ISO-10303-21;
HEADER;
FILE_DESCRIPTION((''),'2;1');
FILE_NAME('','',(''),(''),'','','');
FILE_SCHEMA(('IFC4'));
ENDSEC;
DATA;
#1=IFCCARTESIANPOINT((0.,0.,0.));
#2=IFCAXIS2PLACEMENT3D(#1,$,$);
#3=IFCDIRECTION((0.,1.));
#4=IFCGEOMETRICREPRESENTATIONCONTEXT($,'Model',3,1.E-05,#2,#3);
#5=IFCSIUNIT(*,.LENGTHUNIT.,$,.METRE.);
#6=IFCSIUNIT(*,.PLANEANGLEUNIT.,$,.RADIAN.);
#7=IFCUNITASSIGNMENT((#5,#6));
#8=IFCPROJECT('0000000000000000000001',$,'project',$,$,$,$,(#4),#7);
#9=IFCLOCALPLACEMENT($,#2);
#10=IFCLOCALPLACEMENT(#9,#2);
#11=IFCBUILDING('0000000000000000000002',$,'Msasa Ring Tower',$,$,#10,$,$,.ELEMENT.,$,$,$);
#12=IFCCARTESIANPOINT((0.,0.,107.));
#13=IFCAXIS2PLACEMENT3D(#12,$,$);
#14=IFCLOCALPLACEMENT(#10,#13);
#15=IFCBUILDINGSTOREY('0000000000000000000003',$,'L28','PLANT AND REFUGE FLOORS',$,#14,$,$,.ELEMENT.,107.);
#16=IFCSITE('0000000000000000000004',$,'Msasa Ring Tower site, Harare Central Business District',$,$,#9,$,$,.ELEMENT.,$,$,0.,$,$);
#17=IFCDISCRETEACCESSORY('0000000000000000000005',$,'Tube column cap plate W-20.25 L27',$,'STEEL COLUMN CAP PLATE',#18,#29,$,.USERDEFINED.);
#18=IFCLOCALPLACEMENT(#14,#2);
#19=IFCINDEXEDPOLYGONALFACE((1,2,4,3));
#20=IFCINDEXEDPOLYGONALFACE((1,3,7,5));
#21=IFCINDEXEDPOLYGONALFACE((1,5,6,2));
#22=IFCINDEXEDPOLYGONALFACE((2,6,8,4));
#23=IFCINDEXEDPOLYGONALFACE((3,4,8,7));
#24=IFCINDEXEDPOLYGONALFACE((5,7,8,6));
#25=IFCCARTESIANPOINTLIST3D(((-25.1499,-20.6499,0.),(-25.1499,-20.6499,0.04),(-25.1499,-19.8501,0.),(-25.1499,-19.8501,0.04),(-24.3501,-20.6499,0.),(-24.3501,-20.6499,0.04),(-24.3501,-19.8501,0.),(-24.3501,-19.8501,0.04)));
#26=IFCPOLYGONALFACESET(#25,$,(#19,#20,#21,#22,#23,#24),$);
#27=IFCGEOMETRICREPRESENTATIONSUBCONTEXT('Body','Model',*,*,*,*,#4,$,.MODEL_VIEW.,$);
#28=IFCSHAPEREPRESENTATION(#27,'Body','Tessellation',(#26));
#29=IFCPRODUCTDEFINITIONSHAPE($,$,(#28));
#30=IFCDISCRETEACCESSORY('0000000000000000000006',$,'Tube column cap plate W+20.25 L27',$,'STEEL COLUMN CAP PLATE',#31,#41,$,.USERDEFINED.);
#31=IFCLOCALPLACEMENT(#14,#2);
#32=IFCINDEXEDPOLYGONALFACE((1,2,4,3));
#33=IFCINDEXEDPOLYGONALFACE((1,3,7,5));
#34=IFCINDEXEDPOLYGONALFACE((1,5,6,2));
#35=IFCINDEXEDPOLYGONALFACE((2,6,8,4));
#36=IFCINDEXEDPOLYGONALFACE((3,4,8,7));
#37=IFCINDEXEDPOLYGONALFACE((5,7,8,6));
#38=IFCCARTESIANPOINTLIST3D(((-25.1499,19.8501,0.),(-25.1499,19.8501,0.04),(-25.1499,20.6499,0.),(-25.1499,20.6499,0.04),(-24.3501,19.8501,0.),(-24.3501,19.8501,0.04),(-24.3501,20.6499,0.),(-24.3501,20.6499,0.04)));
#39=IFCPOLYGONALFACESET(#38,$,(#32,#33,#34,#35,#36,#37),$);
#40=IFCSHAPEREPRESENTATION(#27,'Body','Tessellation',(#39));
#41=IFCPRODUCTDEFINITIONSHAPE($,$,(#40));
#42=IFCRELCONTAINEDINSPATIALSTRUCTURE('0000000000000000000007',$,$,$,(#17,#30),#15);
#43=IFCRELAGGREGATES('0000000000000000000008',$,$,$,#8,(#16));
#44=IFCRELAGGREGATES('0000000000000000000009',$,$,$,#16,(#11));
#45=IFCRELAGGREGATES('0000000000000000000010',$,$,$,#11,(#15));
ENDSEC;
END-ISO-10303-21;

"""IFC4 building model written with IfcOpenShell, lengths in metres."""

from ifc_helpers import new_model, si_unit, direction, frame, origin, place, context, subcontext, project, spatial, polyline, outline, extrude, element, save


model = new_model("IFC4")

# Units and contexts
model_context = context("Model", 3, precision=1e-05, world=origin(), true_north=direction((0.0, 1.0)))
body_context = subcontext(model_context, "Body", "Model", "MODEL_VIEW")
ifc_project = project(units=[si_unit("LENGTHUNIT", "METRE"), si_unit("PLANEANGLEUNIT", "RADIAN")], contexts=[model_context])

# Site, building, storey
site_placement = place(None, origin())
site = spatial("IfcSite", under=ifc_project, at=site_placement, Name="Msasa Ring Tower site, Harare Central Business District", CompositionType="ELEMENT", RefElevation=0.0)
building_placement = place(site_placement, origin())
building = spatial("IfcBuilding", under=site, at=building_placement, Name="Msasa Ring Tower", CompositionType="ELEMENT")
storey_placement = place(building_placement, frame((0.0, 0.0, 107.0)))
storey = spatial("IfcBuildingStorey", under=building, at=storey_placement, Name="L28", Description="PLANT AND REFUGE FLOORS", CompositionType="ELEMENT", Elevation=107.0)

# Discrete accessories
discrete_accessory_1_placement = place(storey_placement, origin())
element("IfcDiscreteAccessory", 1, at=discrete_accessory_1_placement, inside=storey, Name="Tube column cap plate W-20.25 L27", ObjectType="STEEL COLUMN CAP PLATE", PredefinedType="USERDEFINED", context=body_context, shape_type="SweptSolid", body=[
    extrude(outline(polyline([(-25.1499, -20.6499), (-24.3501, -20.6499), (-24.3501, -19.8501), (-25.1499, -19.8501), (-25.1499, -20.6499)])), origin(), (0.0, 0.0, 1.0), 0.04),
])
discrete_accessory_2_placement = place(storey_placement, origin())
element("IfcDiscreteAccessory", 2, at=discrete_accessory_2_placement, inside=storey, Name="Tube column cap plate W+20.25 L27", ObjectType="STEEL COLUMN CAP PLATE", PredefinedType="USERDEFINED", context=body_context, shape_type="SweptSolid", body=[
    extrude(outline(polyline([(-25.1499, 19.8501), (-24.3501, 19.8501), (-24.3501, 20.6499), (-25.1499, 20.6499), (-25.1499, 19.8501)])), origin(), (0.0, 0.0, 1.0), 0.04),
])

save(model, "model.ifc")
